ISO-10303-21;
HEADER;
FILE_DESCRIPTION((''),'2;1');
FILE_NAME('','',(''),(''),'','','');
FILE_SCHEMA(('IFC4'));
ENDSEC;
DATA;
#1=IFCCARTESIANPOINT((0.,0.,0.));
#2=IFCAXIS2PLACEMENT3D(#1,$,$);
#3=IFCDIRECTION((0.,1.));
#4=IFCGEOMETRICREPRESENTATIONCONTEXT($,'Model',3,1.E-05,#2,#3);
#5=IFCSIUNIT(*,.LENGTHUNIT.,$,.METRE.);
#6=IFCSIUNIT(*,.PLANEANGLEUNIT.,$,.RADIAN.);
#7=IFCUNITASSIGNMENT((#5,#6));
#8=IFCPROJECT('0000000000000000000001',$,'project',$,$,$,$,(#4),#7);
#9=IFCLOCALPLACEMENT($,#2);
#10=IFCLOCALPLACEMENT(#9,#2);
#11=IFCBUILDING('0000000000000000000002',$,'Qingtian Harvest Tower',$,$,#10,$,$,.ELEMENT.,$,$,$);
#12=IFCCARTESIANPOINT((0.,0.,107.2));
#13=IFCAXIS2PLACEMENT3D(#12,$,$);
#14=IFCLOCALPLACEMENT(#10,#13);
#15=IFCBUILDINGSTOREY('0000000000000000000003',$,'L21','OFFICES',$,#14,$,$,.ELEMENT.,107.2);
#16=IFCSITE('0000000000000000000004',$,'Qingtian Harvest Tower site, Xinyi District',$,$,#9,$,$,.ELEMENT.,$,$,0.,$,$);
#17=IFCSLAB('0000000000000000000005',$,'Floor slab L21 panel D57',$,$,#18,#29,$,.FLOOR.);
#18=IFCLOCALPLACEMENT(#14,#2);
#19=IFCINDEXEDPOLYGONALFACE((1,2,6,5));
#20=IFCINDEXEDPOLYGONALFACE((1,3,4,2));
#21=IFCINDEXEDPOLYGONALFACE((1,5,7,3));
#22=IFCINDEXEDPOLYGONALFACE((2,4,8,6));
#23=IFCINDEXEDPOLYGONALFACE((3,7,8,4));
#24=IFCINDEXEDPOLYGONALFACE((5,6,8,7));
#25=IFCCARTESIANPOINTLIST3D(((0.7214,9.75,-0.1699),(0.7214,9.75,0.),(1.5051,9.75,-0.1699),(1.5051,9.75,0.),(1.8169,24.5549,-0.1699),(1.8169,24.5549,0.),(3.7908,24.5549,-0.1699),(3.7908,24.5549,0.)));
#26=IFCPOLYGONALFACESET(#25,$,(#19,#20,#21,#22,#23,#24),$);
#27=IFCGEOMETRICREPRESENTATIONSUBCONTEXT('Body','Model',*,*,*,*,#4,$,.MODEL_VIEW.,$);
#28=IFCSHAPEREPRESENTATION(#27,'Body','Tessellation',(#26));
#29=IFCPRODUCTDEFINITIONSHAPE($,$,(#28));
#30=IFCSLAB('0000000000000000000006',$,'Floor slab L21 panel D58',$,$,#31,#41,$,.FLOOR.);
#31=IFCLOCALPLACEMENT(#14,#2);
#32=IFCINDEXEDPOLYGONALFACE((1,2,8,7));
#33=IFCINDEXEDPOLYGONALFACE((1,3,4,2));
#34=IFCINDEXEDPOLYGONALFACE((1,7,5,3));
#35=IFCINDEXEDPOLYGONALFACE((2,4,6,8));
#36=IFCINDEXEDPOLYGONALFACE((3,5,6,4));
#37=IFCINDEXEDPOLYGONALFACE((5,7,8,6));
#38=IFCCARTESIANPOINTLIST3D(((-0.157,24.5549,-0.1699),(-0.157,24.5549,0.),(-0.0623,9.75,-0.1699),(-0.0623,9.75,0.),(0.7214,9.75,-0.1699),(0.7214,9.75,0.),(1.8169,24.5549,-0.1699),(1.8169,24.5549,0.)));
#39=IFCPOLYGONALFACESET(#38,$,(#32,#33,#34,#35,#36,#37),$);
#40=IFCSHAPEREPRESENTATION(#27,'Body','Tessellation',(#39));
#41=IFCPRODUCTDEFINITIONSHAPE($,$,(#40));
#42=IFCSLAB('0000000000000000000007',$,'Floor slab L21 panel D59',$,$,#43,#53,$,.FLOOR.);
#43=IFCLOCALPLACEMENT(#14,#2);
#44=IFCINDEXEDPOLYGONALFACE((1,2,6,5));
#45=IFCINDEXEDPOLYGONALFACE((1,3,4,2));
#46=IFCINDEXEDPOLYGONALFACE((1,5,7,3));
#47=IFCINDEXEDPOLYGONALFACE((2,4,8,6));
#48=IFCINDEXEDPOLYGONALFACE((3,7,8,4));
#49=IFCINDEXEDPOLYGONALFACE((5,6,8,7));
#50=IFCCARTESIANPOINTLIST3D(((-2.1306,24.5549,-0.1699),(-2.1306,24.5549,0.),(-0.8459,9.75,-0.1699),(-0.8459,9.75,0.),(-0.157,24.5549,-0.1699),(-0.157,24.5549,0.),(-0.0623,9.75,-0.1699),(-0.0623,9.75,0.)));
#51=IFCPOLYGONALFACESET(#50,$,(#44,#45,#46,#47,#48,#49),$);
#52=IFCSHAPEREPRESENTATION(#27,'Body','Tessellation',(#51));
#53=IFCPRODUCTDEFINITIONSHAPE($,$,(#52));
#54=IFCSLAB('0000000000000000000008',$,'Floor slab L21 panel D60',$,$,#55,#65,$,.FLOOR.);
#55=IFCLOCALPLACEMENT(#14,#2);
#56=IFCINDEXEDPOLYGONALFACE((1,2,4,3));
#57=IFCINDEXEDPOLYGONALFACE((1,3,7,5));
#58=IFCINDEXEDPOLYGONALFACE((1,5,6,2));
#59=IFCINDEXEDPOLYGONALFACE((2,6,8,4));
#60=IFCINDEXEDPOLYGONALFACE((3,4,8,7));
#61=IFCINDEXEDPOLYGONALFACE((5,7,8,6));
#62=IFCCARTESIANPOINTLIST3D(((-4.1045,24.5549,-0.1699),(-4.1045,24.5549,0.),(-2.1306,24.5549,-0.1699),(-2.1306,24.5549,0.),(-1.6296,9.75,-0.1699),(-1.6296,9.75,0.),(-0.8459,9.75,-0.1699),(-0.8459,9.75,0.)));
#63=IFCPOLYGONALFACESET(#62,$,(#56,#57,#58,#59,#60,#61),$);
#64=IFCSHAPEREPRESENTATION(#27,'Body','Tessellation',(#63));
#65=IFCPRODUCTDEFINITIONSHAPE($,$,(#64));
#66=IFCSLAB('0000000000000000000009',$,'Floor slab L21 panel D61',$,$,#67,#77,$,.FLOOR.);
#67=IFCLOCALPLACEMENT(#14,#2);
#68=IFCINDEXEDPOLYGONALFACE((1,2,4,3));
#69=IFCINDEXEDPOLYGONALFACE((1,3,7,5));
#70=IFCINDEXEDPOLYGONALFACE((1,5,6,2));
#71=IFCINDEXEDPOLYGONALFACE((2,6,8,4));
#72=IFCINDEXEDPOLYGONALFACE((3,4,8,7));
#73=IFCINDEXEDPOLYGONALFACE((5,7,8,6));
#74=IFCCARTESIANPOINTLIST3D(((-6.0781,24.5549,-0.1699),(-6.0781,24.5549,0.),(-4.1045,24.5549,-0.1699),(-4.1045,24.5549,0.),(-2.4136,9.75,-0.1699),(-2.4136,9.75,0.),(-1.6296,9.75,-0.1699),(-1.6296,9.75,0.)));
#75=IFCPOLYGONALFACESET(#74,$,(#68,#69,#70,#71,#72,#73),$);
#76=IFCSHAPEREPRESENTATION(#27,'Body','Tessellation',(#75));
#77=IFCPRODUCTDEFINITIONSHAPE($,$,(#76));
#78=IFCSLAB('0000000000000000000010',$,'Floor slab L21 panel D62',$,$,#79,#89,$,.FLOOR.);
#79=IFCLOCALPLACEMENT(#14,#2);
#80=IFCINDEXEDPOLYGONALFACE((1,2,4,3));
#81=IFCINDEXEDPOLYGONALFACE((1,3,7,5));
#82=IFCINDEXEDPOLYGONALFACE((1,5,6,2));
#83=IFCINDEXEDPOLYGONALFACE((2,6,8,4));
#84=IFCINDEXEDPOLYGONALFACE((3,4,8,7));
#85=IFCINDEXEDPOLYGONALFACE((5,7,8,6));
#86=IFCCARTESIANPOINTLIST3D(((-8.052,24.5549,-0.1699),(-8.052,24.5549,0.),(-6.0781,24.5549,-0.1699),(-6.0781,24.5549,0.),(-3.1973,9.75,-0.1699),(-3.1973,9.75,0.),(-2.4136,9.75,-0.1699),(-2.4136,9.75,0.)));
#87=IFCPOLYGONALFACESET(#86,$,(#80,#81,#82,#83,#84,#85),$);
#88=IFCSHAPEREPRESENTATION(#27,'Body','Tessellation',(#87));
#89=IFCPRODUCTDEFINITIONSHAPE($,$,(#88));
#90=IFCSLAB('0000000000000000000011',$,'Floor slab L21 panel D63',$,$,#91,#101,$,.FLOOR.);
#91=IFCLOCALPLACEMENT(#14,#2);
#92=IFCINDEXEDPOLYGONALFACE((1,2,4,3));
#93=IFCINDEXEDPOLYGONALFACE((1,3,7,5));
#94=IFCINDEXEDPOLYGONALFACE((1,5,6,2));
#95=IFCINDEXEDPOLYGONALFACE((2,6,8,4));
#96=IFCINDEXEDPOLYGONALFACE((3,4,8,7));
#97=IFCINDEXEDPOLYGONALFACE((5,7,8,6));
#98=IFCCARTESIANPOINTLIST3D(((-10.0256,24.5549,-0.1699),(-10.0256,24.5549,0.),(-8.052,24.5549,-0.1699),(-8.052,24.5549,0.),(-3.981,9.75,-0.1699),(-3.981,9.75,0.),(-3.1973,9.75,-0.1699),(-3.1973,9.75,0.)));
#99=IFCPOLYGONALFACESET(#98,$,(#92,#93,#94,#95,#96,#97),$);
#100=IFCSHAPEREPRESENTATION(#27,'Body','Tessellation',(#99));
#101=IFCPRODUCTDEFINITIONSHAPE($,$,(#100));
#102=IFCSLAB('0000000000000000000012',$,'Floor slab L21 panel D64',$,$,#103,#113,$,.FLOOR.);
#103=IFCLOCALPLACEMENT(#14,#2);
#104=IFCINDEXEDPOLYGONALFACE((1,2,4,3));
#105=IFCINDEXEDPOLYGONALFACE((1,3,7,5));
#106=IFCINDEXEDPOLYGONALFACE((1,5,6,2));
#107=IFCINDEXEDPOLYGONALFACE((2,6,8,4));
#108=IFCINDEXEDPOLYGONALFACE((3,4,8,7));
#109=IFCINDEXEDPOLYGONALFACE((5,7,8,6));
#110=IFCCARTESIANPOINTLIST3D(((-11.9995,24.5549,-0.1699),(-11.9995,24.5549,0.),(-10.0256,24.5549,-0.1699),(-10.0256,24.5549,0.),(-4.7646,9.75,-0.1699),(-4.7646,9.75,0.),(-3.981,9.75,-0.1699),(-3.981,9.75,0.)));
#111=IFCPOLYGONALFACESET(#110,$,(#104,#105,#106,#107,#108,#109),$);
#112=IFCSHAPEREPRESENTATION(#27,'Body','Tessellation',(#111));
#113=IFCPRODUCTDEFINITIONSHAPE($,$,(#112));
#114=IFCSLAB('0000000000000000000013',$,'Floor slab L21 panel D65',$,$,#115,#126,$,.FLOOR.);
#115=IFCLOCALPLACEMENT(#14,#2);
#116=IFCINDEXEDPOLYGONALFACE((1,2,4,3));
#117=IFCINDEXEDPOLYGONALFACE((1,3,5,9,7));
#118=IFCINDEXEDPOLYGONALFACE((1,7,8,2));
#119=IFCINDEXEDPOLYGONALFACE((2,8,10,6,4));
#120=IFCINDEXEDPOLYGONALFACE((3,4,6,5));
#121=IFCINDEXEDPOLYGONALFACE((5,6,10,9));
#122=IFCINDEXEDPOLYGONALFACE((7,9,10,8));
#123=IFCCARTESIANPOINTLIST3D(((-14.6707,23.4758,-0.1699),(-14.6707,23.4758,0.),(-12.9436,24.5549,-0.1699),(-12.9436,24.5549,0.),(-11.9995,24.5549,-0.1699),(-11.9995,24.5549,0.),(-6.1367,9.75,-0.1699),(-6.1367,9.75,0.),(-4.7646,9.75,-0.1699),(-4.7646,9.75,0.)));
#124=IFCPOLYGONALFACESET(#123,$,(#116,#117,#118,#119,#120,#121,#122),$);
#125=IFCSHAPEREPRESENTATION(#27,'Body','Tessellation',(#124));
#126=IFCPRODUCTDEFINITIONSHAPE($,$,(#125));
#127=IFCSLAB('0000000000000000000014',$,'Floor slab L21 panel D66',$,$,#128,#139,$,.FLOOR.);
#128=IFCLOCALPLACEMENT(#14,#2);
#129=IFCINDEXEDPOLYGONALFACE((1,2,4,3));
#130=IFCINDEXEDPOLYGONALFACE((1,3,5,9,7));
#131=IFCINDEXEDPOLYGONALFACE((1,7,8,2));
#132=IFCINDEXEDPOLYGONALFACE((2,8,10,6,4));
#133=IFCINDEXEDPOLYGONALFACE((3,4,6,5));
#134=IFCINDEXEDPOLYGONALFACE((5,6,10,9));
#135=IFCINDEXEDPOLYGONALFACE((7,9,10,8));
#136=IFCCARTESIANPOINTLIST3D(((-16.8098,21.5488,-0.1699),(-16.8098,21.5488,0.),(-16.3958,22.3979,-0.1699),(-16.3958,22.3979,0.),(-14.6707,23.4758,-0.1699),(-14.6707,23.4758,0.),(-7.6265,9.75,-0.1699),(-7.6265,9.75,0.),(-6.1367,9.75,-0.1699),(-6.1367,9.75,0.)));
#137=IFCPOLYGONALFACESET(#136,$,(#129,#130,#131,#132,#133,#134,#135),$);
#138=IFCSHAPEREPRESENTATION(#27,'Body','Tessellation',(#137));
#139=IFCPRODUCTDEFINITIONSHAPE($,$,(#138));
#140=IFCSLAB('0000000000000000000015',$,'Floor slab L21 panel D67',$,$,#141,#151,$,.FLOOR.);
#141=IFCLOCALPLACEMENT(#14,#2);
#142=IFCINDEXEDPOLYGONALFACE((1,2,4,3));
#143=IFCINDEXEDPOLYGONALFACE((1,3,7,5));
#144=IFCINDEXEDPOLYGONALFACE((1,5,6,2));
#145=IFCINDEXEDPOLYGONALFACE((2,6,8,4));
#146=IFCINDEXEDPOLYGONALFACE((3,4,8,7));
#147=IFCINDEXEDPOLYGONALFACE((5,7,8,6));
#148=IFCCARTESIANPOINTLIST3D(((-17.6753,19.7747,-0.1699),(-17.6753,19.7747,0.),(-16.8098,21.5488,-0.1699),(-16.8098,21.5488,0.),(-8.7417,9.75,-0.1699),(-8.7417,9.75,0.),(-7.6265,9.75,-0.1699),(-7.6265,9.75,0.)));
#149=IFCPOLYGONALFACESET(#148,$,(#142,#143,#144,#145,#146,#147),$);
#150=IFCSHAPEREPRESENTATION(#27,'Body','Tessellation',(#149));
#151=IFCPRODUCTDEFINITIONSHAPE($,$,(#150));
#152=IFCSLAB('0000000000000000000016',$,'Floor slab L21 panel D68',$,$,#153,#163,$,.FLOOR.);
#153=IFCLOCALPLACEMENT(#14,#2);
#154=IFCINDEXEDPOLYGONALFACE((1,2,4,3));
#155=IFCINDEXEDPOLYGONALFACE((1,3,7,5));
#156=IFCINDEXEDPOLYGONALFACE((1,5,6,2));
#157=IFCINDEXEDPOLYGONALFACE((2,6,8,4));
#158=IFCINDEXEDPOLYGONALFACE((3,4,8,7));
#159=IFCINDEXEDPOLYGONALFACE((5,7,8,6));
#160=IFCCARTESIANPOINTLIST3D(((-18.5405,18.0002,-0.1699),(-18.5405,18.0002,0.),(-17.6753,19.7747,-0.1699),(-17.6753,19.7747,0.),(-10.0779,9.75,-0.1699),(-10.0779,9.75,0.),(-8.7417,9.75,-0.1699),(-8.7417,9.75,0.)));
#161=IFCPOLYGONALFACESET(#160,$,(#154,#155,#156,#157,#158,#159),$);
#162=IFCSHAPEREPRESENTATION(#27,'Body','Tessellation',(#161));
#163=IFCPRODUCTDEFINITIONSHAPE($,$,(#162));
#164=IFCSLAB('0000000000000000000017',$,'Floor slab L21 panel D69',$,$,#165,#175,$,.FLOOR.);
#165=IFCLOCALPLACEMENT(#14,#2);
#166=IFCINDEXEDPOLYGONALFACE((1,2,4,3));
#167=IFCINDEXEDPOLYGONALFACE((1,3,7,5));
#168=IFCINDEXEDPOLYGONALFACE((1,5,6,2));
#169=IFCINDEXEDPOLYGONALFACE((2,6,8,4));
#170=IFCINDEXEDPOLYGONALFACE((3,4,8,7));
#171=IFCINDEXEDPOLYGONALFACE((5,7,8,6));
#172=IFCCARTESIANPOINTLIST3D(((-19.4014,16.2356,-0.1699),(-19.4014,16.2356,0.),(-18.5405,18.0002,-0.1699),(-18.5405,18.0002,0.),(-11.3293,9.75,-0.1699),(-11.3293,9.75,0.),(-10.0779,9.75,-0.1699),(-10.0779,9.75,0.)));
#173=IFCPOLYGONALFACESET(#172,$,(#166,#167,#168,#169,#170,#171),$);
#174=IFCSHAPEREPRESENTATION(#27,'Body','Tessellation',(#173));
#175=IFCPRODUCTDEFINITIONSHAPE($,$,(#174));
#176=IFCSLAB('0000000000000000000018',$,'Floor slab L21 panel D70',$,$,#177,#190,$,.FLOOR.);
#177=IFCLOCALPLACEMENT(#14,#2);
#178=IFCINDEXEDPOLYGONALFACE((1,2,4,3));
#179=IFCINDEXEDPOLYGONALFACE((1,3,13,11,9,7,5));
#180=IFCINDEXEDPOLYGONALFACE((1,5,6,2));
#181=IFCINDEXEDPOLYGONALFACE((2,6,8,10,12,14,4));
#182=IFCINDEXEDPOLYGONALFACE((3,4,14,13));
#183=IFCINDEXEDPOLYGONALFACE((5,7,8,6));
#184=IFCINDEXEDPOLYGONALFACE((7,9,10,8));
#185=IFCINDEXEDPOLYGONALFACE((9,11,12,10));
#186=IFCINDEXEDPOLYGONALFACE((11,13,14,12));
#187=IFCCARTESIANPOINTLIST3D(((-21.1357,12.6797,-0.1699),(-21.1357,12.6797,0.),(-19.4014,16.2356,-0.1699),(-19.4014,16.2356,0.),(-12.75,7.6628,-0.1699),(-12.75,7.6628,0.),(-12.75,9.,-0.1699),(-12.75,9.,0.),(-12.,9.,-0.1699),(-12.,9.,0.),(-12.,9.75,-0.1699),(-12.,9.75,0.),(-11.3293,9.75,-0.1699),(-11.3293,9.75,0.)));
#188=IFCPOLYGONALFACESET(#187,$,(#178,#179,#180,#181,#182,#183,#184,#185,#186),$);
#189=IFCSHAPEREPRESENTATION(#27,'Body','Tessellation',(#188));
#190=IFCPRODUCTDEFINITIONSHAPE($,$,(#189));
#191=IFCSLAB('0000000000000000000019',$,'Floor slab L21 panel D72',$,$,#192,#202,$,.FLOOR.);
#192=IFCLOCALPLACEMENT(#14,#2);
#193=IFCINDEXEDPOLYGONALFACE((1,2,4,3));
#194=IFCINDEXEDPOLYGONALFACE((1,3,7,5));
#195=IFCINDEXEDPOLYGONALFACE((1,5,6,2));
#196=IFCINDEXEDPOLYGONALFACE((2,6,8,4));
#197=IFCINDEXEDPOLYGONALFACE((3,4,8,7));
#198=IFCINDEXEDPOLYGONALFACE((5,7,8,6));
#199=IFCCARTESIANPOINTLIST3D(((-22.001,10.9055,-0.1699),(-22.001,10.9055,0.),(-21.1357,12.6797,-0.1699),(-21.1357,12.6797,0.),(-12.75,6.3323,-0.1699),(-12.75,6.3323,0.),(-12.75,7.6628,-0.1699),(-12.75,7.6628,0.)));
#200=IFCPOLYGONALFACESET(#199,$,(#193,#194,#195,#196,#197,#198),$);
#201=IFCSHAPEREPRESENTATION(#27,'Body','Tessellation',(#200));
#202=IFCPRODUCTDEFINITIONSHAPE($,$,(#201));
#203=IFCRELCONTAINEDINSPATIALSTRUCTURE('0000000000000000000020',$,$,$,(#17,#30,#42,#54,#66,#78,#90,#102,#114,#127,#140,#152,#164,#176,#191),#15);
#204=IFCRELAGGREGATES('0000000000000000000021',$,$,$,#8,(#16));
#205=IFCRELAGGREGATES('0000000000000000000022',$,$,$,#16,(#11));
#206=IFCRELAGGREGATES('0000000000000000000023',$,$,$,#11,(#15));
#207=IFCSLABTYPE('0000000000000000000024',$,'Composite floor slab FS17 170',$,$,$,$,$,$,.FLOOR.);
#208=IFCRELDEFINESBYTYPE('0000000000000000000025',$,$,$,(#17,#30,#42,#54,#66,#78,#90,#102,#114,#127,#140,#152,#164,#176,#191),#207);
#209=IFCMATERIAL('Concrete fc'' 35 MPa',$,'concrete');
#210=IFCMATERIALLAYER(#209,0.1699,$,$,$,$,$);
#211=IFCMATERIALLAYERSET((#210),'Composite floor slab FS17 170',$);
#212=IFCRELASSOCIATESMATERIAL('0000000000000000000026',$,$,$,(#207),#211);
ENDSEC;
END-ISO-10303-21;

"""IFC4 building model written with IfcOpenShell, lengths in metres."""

from ifc_helpers import new_model, si_unit, direction, frame, origin, place, context, subcontext, project, spatial, polyline, outline, extrude, material, layer, layer_set, type_object, element, save


model = new_model("IFC4")

# Units and contexts
model_context = context("Model", 3, precision=1e-05, world=origin(), true_north=direction((0.0, 1.0)))
body_context = subcontext(model_context, "Body", "Model", "MODEL_VIEW")
ifc_project = project(units=[si_unit("LENGTHUNIT", "METRE"), si_unit("PLANEANGLEUNIT", "RADIAN")], contexts=[model_context])

# Site, building, storey
site_placement = place(None, origin())
site = spatial("IfcSite", under=ifc_project, at=site_placement, Name="Qingtian Harvest Tower site, Xinyi District", CompositionType="ELEMENT", RefElevation=0.0)
building_placement = place(site_placement, origin())
building = spatial("IfcBuilding", under=site, at=building_placement, Name="Qingtian Harvest Tower", CompositionType="ELEMENT")
storey_placement = place(building_placement, frame((0.0, 0.0, 107.2)))
storey = spatial("IfcBuildingStorey", under=building, at=storey_placement, Name="L21", Description="OFFICES", CompositionType="ELEMENT", Elevation=107.2)

# Slabs
ifc_material_1 = material(Name="Concrete fc' 35 MPa", Category="concrete")
ifc_layer_1 = layer(ifc_material_1, 0.1699)
ifc_layer_set_1 = layer_set([ifc_layer_1], Name="Composite floor slab FS17 170")
slab_type = type_object("IfcSlabType", Name="Composite floor slab FS17 170", PredefinedType="FLOOR", material=ifc_layer_set_1)
slab_1_placement = place(storey_placement, frame((0.0, 0.0, -0.1699)))
element("IfcSlab", 1, at=slab_1_placement, inside=storey, type_object=slab_type, Name="Floor slab L21 panel D57", PredefinedType="FLOOR", context=body_context, shape_type="SweptSolid", body=[
    extrude(outline(polyline([(0.7214, 9.75), (1.8169, 24.5549), (3.7908, 24.5549), (1.5051, 9.75), (0.7214, 9.75)])), origin(), (0.0, 0.0, 1.0), 0.1699),
])
slab_2_placement = place(storey_placement, frame((0.0, 0.0, -0.1699)))
element("IfcSlab", 2, at=slab_2_placement, inside=storey, type_object=slab_type, Name="Floor slab L21 panel D58", PredefinedType="FLOOR", context=body_context, shape_type="SweptSolid", body=[
    extrude(outline(polyline([(-0.0623, 9.75), (-0.157, 24.5549), (1.8169, 24.5549), (0.7214, 9.75), (-0.0623, 9.75)])), origin(), (0.0, 0.0, 1.0), 0.1699),
])
slab_3_placement = place(storey_placement, frame((0.0, 0.0, -0.1699)))
element("IfcSlab", 3, at=slab_3_placement, inside=storey, type_object=slab_type, Name="Floor slab L21 panel D59", PredefinedType="FLOOR", context=body_context, shape_type="SweptSolid", body=[
    extrude(outline(polyline([(-0.8459, 9.75), (-2.1306, 24.5549), (-0.157, 24.5549), (-0.0623, 9.75), (-0.8459, 9.75)])), origin(), (0.0, 0.0, 1.0), 0.1699),
])
slab_4_placement = place(storey_placement, frame((0.0, 0.0, -0.1699)))
element("IfcSlab", 4, at=slab_4_placement, inside=storey, type_object=slab_type, Name="Floor slab L21 panel D60", PredefinedType="FLOOR", context=body_context, shape_type="SweptSolid", body=[
    extrude(outline(polyline([(-1.6296, 9.75), (-4.1045, 24.5549), (-2.1306, 24.5549), (-0.8459, 9.75), (-1.6296, 9.75)])), origin(), (0.0, 0.0, 1.0), 0.1699),
])
slab_5_placement = place(storey_placement, frame((0.0, 0.0, -0.1699)))
element("IfcSlab", 5, at=slab_5_placement, inside=storey, type_object=slab_type, Name="Floor slab L21 panel D61", PredefinedType="FLOOR", context=body_context, shape_type="SweptSolid", body=[
    extrude(outline(polyline([(-2.4136, 9.75), (-6.0781, 24.5549), (-4.1045, 24.5549), (-1.6296, 9.75), (-2.4136, 9.75)])), origin(), (0.0, 0.0, 1.0), 0.1699),
])
slab_6_placement = place(storey_placement, frame((0.0, 0.0, -0.1699)))
element("IfcSlab", 6, at=slab_6_placement, inside=storey, type_object=slab_type, Name="Floor slab L21 panel D62", PredefinedType="FLOOR", context=body_context, shape_type="SweptSolid", body=[
    extrude(outline(polyline([(-3.1973, 9.75), (-8.052, 24.5549), (-6.0781, 24.5549), (-2.4136, 9.75), (-3.1973, 9.75)])), origin(), (0.0, 0.0, 1.0), 0.1699),
])
slab_7_placement = place(storey_placement, frame((0.0, 0.0, -0.1699)))
element("IfcSlab", 7, at=slab_7_placement, inside=storey, type_object=slab_type, Name="Floor slab L21 panel D63", PredefinedType="FLOOR", context=body_context, shape_type="SweptSolid", body=[
    extrude(outline(polyline([(-3.981, 9.75), (-10.0256, 24.5549), (-8.052, 24.5549), (-3.1973, 9.75), (-3.981, 9.75)])), origin(), (0.0, 0.0, 1.0), 0.1699),
])
slab_8_placement = place(storey_placement, frame((0.0, 0.0, -0.1699)))
element("IfcSlab", 8, at=slab_8_placement, inside=storey, type_object=slab_type, Name="Floor slab L21 panel D64", PredefinedType="FLOOR", context=body_context, shape_type="SweptSolid", body=[
    extrude(outline(polyline([(-4.7646, 9.75), (-11.9995, 24.5549), (-10.0256, 24.5549), (-3.981, 9.75), (-4.7646, 9.75)])), origin(), (0.0, 0.0, 1.0), 0.1699),
])
slab_9_placement = place(storey_placement, frame((0.0, 0.0, -0.1699)))
element("IfcSlab", 9, at=slab_9_placement, inside=storey, type_object=slab_type, Name="Floor slab L21 panel D65", PredefinedType="FLOOR", context=body_context, shape_type="SweptSolid", body=[
    extrude(outline(polyline([(-4.7646, 9.75), (-6.1367, 9.75), (-14.6707, 23.4758), (-12.9436, 24.5549), (-11.9995, 24.5549), (-4.7646, 9.75)])), origin(), (0.0, 0.0, 1.0), 0.1699),
])
slab_10_placement = place(storey_placement, frame((0.0, 0.0, -0.1699)))
element("IfcSlab", 10, at=slab_10_placement, inside=storey, type_object=slab_type, Name="Floor slab L21 panel D66", PredefinedType="FLOOR", context=body_context, shape_type="SweptSolid", body=[
    extrude(outline(polyline([(-6.1367, 9.75), (-7.6265, 9.75), (-16.8098, 21.5488), (-16.3958, 22.3979), (-14.6707, 23.4758), (-6.1367, 9.75)])), origin(), (0.0, 0.0, 1.0), 0.1699),
])
slab_11_placement = place(storey_placement, frame((0.0, 0.0, -0.1699)))
element("IfcSlab", 11, at=slab_11_placement, inside=storey, type_object=slab_type, Name="Floor slab L21 panel D67", PredefinedType="FLOOR", context=body_context, shape_type="SweptSolid", body=[
    extrude(outline(polyline([(-8.7417, 9.75), (-17.6753, 19.7747), (-16.8098, 21.5488), (-7.6265, 9.75), (-8.7417, 9.75)])), origin(), (0.0, 0.0, 1.0), 0.1699),
])
slab_12_placement = place(storey_placement, frame((0.0, 0.0, -0.1699)))
element("IfcSlab", 12, at=slab_12_placement, inside=storey, type_object=slab_type, Name="Floor slab L21 panel D68", PredefinedType="FLOOR", context=body_context, shape_type="SweptSolid", body=[
    extrude(outline(polyline([(-10.0779, 9.75), (-18.5405, 18.0002), (-17.6753, 19.7747), (-8.7417, 9.75), (-10.0779, 9.75)])), origin(), (0.0, 0.0, 1.0), 0.1699),
])
slab_13_placement = place(storey_placement, frame((0.0, 0.0, -0.1699)))
element("IfcSlab", 13, at=slab_13_placement, inside=storey, type_object=slab_type, Name="Floor slab L21 panel D69", PredefinedType="FLOOR", context=body_context, shape_type="SweptSolid", body=[
    extrude(outline(polyline([(-11.3293, 9.75), (-19.4014, 16.2356), (-18.5405, 18.0002), (-10.0779, 9.75), (-11.3293, 9.75)])), origin(), (0.0, 0.0, 1.0), 0.1699),
])
slab_14_placement = place(storey_placement, frame((0.0, 0.0, -0.1699)))
element("IfcSlab", 14, at=slab_14_placement, inside=storey, type_object=slab_type, Name="Floor slab L21 panel D70", PredefinedType="FLOOR", context=body_context, shape_type="SweptSolid", body=[
    extrude(outline(polyline([(-12.0, 9.0), (-12.75, 9.0), (-12.75, 7.6628), (-21.1357, 12.6797), (-19.4014, 16.2356), (-11.3293, 9.75), (-12.0, 9.75), (-12.0, 9.0)])), origin(), (0.0, 0.0, 1.0), 0.1699),
])
slab_15_placement = place(storey_placement, frame((0.0, 0.0, -0.1699)))
element("IfcSlab", 15, at=slab_15_placement, inside=storey, type_object=slab_type, Name="Floor slab L21 panel D72", PredefinedType="FLOOR", context=body_context, shape_type="SweptSolid", body=[
    extrude(outline(polyline([(-12.75, 6.3323), (-22.001, 10.9055), (-21.1357, 12.6797), (-12.75, 7.6628), (-12.75, 6.3323)])), origin(), (0.0, 0.0, 1.0), 0.1699),
])

save(model, "model.ifc")
